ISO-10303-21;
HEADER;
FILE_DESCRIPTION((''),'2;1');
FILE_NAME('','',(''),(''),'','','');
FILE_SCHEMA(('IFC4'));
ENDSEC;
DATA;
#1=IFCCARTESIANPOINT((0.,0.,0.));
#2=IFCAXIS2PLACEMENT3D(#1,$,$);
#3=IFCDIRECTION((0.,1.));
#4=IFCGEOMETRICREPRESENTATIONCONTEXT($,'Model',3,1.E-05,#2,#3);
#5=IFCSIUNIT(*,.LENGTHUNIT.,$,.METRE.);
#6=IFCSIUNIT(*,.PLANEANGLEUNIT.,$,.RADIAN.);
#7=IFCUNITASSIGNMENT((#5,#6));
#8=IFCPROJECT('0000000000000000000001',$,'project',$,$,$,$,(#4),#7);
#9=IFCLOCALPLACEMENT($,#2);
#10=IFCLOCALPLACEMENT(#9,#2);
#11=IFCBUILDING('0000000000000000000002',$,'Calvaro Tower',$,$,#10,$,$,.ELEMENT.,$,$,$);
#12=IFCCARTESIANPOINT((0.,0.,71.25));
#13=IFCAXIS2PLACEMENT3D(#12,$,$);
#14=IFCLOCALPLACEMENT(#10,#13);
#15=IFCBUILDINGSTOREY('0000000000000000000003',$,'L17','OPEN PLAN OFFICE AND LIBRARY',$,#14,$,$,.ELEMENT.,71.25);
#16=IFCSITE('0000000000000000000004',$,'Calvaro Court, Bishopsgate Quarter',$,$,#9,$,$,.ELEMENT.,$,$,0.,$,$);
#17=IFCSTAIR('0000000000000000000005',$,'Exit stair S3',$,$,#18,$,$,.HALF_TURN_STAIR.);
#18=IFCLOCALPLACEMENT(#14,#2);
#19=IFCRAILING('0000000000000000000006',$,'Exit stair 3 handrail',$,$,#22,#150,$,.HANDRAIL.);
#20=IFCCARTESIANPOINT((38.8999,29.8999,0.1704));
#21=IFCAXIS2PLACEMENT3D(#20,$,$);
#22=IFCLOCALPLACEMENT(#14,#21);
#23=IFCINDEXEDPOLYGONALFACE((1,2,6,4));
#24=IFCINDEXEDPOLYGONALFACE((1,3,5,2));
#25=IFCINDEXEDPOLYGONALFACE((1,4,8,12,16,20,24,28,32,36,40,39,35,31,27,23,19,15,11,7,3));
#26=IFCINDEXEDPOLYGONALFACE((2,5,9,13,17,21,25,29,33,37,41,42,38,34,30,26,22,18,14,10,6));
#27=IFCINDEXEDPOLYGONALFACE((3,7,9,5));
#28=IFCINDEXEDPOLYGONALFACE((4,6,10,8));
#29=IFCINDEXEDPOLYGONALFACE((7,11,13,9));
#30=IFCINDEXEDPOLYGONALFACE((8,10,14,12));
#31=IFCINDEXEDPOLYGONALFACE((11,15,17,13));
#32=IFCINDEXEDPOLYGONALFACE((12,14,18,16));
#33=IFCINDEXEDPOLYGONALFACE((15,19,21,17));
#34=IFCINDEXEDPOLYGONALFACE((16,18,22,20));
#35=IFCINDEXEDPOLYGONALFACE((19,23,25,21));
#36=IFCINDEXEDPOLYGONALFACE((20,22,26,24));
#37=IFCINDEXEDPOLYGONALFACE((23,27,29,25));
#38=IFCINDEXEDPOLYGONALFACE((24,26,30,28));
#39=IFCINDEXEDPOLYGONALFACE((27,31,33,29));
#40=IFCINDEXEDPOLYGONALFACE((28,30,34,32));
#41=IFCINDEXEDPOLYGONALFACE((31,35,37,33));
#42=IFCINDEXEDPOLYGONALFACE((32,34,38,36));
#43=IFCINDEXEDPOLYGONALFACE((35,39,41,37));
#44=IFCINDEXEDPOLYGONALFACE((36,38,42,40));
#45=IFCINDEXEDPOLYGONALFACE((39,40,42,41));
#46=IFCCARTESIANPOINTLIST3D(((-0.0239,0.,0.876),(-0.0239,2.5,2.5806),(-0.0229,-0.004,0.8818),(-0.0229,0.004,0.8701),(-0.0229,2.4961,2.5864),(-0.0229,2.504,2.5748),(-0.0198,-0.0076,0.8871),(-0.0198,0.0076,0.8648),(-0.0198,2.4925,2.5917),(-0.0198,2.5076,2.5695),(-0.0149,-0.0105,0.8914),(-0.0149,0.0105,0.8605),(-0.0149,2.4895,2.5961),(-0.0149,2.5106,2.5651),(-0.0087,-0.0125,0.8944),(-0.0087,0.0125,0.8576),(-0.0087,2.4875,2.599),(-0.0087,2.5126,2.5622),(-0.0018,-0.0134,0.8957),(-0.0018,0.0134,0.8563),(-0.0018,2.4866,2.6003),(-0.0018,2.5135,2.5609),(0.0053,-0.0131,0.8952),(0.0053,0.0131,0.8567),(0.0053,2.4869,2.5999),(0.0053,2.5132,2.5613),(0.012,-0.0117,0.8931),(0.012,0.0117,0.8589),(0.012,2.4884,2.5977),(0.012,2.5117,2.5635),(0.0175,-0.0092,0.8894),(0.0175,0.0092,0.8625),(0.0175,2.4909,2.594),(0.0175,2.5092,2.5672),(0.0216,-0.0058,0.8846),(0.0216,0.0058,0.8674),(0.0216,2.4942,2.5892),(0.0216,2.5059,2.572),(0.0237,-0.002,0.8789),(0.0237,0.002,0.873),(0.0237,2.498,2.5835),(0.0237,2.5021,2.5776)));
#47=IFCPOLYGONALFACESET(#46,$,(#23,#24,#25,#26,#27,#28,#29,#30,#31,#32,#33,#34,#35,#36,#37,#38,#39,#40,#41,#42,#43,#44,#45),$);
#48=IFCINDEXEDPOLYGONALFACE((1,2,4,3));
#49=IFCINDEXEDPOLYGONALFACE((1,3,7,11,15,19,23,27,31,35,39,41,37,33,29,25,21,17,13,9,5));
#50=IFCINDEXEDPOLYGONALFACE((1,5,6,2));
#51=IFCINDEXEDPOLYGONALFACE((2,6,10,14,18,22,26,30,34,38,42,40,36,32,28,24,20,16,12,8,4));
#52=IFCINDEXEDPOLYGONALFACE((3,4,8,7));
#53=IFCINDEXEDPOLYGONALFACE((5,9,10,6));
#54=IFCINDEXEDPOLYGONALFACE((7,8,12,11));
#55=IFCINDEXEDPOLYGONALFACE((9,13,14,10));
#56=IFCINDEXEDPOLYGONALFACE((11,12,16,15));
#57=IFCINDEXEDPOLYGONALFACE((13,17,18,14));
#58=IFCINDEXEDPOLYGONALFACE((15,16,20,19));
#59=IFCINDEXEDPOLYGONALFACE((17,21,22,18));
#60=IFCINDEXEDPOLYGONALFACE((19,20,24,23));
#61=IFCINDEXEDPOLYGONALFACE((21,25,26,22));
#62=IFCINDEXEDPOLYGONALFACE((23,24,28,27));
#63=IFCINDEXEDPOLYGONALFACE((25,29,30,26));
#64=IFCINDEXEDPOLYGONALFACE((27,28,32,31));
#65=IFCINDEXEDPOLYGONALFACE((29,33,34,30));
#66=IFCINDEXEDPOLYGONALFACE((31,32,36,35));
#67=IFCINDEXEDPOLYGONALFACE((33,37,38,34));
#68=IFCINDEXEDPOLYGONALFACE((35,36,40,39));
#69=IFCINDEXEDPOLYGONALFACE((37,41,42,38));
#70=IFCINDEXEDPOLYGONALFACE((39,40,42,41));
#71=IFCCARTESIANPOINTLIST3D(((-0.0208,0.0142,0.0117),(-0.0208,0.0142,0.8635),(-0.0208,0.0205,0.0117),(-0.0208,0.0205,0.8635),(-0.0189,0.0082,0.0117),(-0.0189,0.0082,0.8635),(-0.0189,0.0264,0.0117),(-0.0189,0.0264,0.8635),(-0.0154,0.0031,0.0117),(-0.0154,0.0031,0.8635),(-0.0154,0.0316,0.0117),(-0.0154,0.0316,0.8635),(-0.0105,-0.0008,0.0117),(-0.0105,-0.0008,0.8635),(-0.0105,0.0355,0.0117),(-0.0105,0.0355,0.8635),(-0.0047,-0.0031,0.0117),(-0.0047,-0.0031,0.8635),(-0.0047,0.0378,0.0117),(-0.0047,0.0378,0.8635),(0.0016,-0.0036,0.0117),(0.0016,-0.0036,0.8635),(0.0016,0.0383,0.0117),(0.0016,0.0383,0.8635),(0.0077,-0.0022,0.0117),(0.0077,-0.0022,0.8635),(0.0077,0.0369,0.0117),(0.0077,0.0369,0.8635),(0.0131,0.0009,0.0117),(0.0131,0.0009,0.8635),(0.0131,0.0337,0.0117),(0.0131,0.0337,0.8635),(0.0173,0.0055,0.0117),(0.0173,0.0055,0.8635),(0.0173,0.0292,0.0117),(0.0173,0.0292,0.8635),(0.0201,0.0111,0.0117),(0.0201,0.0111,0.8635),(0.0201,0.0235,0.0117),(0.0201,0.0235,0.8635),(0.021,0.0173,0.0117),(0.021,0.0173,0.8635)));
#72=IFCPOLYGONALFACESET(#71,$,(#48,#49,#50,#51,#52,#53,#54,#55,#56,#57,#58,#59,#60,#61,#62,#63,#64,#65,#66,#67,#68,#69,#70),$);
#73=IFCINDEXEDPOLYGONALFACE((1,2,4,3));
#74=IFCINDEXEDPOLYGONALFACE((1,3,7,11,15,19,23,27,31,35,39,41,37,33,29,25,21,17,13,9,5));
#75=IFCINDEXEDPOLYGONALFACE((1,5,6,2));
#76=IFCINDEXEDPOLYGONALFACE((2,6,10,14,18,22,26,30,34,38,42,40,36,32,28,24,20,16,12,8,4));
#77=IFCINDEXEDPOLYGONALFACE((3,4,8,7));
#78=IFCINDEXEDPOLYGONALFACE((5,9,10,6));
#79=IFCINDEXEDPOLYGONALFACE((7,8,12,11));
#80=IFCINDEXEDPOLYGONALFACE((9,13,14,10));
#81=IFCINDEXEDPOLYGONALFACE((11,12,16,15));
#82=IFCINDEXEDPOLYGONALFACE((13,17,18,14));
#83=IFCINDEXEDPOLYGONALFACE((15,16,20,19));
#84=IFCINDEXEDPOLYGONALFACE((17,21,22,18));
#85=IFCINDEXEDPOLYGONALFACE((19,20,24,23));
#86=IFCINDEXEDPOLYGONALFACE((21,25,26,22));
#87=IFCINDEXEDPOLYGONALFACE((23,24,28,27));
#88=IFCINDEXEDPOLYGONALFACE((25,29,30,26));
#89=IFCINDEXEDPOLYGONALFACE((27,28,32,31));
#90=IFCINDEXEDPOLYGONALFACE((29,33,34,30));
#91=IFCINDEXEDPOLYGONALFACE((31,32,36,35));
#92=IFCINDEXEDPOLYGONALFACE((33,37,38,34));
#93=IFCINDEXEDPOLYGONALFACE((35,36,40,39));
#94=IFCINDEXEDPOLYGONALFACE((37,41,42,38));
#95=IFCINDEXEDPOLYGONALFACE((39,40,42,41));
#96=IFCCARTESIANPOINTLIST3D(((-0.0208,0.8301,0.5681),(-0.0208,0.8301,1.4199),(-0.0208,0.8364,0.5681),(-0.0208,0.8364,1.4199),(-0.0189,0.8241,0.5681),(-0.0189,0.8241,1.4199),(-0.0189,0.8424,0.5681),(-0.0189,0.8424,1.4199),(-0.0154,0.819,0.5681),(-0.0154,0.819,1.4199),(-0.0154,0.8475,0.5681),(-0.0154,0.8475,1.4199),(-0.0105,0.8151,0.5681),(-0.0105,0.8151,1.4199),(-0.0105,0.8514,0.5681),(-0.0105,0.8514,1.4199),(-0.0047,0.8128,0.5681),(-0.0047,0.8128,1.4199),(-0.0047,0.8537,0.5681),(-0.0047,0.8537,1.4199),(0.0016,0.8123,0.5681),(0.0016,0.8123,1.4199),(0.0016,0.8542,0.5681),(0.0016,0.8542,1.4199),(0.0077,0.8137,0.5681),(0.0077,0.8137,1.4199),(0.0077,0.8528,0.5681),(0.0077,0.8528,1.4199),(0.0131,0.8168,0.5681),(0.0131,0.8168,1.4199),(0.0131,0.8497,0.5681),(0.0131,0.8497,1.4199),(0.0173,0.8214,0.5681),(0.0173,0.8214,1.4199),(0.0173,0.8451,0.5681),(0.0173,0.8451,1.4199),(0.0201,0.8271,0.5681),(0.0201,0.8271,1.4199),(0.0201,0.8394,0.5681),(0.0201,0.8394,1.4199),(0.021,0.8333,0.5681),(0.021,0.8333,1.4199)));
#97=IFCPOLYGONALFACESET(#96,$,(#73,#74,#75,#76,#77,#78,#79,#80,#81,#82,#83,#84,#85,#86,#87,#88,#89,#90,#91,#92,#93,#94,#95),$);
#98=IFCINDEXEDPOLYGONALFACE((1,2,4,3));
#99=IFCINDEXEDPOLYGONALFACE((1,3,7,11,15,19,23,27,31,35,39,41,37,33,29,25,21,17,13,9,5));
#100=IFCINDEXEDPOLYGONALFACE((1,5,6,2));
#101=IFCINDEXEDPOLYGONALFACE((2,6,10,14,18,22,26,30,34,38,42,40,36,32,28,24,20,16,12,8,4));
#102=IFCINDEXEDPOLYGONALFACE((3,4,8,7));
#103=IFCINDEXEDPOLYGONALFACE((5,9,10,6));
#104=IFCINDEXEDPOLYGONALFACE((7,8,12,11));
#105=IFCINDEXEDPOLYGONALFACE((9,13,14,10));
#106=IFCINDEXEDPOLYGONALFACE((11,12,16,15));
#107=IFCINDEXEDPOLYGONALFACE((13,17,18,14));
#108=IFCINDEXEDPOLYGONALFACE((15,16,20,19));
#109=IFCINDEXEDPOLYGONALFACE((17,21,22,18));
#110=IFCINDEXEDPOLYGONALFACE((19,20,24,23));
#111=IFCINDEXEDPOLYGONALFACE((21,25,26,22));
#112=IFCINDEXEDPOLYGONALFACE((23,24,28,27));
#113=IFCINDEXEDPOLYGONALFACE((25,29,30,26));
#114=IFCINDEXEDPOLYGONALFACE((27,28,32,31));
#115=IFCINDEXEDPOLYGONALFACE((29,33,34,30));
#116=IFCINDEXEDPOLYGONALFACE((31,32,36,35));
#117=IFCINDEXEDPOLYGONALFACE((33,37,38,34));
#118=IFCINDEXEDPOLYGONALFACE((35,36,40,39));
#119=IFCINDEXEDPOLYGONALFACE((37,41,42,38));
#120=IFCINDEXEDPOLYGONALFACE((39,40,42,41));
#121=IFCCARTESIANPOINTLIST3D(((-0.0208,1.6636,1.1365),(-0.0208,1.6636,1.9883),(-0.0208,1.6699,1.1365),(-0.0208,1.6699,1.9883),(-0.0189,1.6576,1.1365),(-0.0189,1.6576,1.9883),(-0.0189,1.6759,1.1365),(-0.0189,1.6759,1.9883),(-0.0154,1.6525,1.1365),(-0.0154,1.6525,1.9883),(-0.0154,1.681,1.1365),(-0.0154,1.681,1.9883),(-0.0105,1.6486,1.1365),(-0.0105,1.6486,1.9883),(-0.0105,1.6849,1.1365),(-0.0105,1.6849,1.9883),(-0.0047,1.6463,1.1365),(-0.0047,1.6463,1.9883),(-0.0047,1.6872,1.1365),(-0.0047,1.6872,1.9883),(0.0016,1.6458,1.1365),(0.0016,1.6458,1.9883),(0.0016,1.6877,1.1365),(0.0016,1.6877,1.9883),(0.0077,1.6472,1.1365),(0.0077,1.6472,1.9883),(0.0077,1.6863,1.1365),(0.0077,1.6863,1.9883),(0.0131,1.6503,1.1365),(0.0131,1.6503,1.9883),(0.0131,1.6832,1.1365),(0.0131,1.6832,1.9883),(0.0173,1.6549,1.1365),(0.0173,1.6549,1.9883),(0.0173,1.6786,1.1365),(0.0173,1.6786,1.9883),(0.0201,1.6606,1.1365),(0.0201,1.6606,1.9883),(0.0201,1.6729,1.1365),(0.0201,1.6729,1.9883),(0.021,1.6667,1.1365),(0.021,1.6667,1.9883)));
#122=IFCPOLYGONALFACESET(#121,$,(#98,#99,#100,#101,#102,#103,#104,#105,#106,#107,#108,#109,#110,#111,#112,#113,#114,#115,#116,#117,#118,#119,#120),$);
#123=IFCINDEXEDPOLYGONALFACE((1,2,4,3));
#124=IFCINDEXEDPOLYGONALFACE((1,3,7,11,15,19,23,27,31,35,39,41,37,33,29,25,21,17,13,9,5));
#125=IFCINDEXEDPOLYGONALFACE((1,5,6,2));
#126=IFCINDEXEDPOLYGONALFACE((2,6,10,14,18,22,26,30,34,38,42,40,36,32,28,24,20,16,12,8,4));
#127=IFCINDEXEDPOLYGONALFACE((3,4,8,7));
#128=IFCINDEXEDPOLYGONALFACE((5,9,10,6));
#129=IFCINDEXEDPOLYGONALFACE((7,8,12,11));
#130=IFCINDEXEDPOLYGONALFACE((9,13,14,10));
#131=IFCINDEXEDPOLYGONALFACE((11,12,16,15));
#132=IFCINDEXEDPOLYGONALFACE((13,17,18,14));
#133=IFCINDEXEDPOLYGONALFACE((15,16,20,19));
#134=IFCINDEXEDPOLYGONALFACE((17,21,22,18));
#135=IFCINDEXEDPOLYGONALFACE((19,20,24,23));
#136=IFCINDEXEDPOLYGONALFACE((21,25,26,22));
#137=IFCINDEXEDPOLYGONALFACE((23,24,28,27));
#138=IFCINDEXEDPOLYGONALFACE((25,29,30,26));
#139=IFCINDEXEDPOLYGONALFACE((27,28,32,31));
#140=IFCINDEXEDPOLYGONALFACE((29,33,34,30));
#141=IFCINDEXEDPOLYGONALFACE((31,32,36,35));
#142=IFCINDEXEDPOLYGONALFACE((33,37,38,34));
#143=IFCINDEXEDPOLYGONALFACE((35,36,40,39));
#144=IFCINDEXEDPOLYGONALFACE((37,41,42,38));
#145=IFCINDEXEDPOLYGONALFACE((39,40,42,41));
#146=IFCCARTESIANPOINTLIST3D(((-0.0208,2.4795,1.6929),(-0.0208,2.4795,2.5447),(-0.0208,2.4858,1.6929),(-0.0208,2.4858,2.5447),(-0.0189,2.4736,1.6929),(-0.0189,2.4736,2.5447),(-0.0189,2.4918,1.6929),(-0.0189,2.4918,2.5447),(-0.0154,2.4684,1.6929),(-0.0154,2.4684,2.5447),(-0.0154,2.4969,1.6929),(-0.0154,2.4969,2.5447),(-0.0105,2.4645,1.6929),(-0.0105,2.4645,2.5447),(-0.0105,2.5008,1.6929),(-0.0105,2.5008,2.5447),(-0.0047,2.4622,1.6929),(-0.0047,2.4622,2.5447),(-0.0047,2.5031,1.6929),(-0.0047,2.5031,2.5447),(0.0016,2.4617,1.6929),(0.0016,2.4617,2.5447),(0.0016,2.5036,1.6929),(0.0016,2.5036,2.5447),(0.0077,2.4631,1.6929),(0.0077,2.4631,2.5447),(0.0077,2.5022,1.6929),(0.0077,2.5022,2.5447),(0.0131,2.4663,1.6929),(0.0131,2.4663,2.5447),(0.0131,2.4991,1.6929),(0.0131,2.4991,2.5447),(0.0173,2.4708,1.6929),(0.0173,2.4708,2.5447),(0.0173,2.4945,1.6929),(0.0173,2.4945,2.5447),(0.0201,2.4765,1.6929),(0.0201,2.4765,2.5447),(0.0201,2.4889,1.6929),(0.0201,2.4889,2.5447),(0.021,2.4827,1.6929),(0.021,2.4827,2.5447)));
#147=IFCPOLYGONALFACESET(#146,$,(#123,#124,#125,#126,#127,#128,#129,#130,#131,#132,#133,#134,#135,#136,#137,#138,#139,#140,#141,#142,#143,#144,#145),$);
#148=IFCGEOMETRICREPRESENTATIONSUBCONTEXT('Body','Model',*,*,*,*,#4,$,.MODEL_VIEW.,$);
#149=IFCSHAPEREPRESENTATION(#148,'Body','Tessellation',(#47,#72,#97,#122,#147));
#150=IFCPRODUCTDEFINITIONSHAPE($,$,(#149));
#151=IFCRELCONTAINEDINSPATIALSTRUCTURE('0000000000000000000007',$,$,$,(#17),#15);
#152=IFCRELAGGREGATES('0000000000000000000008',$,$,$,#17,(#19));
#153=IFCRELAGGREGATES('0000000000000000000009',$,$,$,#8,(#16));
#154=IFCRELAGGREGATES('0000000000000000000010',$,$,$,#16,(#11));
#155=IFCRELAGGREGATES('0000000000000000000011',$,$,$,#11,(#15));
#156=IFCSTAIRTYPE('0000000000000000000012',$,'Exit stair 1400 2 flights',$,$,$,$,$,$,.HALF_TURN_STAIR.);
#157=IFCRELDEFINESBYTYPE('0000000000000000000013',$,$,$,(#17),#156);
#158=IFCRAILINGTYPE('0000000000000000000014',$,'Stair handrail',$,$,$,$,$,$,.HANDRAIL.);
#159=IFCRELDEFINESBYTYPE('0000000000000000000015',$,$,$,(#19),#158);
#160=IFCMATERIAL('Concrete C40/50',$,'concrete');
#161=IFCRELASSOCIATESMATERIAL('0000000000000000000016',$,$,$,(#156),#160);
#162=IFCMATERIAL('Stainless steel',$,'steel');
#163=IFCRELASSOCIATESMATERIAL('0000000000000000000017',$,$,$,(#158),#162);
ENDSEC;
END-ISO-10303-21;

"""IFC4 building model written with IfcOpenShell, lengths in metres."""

from ifc_helpers import new_model, si_unit, direction, frame, origin, origin_2d, place, context, subcontext, project, spatial, circle, extrude, material, type_object, element, aggregate, save


model = new_model("IFC4")

# Units and contexts
model_context = context("Model", 3, precision=1e-05, world=origin(), true_north=direction((0.0, 1.0)))
body_context = subcontext(model_context, "Body", "Model", "MODEL_VIEW")
ifc_project = project(units=[si_unit("LENGTHUNIT", "METRE"), si_unit("PLANEANGLEUNIT", "RADIAN")], contexts=[model_context])

# Site, building, storey
site_placement = place(None, origin())
site = spatial("IfcSite", under=ifc_project, at=site_placement, Name="Calvaro Court, Bishopsgate Quarter", CompositionType="ELEMENT", RefElevation=0.0)
building_placement = place(site_placement, origin())
building = spatial("IfcBuilding", under=site, at=building_placement, Name="Calvaro Tower", CompositionType="ELEMENT")
storey_placement = place(building_placement, frame((0.0, 0.0, 71.25)))
storey = spatial("IfcBuildingStorey", under=building, at=storey_placement, Name="L17", Description="OPEN PLAN OFFICE AND LIBRARY", CompositionType="ELEMENT", Elevation=71.25)

# Stair
ifc_material_1 = material(Name="Concrete C40/50", Category="concrete")
stair_type = type_object("IfcStairType", Name="Exit stair 1400 2 flights", PredefinedType="HALF_TURN_STAIR", material=ifc_material_1)
stair_1_placement = place(storey_placement, origin())
stair_1 = element("IfcStair", 1, at=stair_1_placement, inside=storey, type_object=stair_type, Name="Exit stair S3", PredefinedType="HALF_TURN_STAIR")

# Railing
ifc_material_2 = material(Name="Stainless steel", Category="steel")
railing_type = type_object("IfcRailingType", Name="Stair handrail", PredefinedType="HANDRAIL", material=ifc_material_2)
railing_1_placement = place(storey_placement, frame((38.8999, 29.8999, 0.1704)))
railing_1 = element("IfcRailing", 2, at=railing_1_placement, type_object=railing_type, Name="Exit stair 3 handrail", PredefinedType="HANDRAIL", context=body_context, shape_type="SweptSolid", body=[
    extrude(circle(Radius=0.0239, at=origin_2d()), frame((0.0, 0.0, 0.876), z_axis=(0.0, 0.826221, 0.563347), x_axis=(-1.0, 0.0, 0.0)), (0.0, 0.0, 1.0), 3.0259),
    extrude(circle(Radius=0.021, at=origin_2d()), frame((0.0, 0.0173, 0.0117)), (0.0, 0.0, 1.0), 0.8518),
    extrude(circle(Radius=0.021, at=origin_2d()), frame((0.0, 0.8333, 0.5681)), (0.0, 0.0, 1.0), 0.8518),
    extrude(circle(Radius=0.021, at=origin_2d()), frame((0.0, 1.6667, 1.1365)), (0.0, 0.0, 1.0), 0.8518),
    extrude(circle(Radius=0.021, at=origin_2d()), frame((0.0, 2.4827, 1.6929)), (0.0, 0.0, 1.0), 0.8518),
])
aggregate(stair_1, [railing_1])

save(model, "model.ifc")
